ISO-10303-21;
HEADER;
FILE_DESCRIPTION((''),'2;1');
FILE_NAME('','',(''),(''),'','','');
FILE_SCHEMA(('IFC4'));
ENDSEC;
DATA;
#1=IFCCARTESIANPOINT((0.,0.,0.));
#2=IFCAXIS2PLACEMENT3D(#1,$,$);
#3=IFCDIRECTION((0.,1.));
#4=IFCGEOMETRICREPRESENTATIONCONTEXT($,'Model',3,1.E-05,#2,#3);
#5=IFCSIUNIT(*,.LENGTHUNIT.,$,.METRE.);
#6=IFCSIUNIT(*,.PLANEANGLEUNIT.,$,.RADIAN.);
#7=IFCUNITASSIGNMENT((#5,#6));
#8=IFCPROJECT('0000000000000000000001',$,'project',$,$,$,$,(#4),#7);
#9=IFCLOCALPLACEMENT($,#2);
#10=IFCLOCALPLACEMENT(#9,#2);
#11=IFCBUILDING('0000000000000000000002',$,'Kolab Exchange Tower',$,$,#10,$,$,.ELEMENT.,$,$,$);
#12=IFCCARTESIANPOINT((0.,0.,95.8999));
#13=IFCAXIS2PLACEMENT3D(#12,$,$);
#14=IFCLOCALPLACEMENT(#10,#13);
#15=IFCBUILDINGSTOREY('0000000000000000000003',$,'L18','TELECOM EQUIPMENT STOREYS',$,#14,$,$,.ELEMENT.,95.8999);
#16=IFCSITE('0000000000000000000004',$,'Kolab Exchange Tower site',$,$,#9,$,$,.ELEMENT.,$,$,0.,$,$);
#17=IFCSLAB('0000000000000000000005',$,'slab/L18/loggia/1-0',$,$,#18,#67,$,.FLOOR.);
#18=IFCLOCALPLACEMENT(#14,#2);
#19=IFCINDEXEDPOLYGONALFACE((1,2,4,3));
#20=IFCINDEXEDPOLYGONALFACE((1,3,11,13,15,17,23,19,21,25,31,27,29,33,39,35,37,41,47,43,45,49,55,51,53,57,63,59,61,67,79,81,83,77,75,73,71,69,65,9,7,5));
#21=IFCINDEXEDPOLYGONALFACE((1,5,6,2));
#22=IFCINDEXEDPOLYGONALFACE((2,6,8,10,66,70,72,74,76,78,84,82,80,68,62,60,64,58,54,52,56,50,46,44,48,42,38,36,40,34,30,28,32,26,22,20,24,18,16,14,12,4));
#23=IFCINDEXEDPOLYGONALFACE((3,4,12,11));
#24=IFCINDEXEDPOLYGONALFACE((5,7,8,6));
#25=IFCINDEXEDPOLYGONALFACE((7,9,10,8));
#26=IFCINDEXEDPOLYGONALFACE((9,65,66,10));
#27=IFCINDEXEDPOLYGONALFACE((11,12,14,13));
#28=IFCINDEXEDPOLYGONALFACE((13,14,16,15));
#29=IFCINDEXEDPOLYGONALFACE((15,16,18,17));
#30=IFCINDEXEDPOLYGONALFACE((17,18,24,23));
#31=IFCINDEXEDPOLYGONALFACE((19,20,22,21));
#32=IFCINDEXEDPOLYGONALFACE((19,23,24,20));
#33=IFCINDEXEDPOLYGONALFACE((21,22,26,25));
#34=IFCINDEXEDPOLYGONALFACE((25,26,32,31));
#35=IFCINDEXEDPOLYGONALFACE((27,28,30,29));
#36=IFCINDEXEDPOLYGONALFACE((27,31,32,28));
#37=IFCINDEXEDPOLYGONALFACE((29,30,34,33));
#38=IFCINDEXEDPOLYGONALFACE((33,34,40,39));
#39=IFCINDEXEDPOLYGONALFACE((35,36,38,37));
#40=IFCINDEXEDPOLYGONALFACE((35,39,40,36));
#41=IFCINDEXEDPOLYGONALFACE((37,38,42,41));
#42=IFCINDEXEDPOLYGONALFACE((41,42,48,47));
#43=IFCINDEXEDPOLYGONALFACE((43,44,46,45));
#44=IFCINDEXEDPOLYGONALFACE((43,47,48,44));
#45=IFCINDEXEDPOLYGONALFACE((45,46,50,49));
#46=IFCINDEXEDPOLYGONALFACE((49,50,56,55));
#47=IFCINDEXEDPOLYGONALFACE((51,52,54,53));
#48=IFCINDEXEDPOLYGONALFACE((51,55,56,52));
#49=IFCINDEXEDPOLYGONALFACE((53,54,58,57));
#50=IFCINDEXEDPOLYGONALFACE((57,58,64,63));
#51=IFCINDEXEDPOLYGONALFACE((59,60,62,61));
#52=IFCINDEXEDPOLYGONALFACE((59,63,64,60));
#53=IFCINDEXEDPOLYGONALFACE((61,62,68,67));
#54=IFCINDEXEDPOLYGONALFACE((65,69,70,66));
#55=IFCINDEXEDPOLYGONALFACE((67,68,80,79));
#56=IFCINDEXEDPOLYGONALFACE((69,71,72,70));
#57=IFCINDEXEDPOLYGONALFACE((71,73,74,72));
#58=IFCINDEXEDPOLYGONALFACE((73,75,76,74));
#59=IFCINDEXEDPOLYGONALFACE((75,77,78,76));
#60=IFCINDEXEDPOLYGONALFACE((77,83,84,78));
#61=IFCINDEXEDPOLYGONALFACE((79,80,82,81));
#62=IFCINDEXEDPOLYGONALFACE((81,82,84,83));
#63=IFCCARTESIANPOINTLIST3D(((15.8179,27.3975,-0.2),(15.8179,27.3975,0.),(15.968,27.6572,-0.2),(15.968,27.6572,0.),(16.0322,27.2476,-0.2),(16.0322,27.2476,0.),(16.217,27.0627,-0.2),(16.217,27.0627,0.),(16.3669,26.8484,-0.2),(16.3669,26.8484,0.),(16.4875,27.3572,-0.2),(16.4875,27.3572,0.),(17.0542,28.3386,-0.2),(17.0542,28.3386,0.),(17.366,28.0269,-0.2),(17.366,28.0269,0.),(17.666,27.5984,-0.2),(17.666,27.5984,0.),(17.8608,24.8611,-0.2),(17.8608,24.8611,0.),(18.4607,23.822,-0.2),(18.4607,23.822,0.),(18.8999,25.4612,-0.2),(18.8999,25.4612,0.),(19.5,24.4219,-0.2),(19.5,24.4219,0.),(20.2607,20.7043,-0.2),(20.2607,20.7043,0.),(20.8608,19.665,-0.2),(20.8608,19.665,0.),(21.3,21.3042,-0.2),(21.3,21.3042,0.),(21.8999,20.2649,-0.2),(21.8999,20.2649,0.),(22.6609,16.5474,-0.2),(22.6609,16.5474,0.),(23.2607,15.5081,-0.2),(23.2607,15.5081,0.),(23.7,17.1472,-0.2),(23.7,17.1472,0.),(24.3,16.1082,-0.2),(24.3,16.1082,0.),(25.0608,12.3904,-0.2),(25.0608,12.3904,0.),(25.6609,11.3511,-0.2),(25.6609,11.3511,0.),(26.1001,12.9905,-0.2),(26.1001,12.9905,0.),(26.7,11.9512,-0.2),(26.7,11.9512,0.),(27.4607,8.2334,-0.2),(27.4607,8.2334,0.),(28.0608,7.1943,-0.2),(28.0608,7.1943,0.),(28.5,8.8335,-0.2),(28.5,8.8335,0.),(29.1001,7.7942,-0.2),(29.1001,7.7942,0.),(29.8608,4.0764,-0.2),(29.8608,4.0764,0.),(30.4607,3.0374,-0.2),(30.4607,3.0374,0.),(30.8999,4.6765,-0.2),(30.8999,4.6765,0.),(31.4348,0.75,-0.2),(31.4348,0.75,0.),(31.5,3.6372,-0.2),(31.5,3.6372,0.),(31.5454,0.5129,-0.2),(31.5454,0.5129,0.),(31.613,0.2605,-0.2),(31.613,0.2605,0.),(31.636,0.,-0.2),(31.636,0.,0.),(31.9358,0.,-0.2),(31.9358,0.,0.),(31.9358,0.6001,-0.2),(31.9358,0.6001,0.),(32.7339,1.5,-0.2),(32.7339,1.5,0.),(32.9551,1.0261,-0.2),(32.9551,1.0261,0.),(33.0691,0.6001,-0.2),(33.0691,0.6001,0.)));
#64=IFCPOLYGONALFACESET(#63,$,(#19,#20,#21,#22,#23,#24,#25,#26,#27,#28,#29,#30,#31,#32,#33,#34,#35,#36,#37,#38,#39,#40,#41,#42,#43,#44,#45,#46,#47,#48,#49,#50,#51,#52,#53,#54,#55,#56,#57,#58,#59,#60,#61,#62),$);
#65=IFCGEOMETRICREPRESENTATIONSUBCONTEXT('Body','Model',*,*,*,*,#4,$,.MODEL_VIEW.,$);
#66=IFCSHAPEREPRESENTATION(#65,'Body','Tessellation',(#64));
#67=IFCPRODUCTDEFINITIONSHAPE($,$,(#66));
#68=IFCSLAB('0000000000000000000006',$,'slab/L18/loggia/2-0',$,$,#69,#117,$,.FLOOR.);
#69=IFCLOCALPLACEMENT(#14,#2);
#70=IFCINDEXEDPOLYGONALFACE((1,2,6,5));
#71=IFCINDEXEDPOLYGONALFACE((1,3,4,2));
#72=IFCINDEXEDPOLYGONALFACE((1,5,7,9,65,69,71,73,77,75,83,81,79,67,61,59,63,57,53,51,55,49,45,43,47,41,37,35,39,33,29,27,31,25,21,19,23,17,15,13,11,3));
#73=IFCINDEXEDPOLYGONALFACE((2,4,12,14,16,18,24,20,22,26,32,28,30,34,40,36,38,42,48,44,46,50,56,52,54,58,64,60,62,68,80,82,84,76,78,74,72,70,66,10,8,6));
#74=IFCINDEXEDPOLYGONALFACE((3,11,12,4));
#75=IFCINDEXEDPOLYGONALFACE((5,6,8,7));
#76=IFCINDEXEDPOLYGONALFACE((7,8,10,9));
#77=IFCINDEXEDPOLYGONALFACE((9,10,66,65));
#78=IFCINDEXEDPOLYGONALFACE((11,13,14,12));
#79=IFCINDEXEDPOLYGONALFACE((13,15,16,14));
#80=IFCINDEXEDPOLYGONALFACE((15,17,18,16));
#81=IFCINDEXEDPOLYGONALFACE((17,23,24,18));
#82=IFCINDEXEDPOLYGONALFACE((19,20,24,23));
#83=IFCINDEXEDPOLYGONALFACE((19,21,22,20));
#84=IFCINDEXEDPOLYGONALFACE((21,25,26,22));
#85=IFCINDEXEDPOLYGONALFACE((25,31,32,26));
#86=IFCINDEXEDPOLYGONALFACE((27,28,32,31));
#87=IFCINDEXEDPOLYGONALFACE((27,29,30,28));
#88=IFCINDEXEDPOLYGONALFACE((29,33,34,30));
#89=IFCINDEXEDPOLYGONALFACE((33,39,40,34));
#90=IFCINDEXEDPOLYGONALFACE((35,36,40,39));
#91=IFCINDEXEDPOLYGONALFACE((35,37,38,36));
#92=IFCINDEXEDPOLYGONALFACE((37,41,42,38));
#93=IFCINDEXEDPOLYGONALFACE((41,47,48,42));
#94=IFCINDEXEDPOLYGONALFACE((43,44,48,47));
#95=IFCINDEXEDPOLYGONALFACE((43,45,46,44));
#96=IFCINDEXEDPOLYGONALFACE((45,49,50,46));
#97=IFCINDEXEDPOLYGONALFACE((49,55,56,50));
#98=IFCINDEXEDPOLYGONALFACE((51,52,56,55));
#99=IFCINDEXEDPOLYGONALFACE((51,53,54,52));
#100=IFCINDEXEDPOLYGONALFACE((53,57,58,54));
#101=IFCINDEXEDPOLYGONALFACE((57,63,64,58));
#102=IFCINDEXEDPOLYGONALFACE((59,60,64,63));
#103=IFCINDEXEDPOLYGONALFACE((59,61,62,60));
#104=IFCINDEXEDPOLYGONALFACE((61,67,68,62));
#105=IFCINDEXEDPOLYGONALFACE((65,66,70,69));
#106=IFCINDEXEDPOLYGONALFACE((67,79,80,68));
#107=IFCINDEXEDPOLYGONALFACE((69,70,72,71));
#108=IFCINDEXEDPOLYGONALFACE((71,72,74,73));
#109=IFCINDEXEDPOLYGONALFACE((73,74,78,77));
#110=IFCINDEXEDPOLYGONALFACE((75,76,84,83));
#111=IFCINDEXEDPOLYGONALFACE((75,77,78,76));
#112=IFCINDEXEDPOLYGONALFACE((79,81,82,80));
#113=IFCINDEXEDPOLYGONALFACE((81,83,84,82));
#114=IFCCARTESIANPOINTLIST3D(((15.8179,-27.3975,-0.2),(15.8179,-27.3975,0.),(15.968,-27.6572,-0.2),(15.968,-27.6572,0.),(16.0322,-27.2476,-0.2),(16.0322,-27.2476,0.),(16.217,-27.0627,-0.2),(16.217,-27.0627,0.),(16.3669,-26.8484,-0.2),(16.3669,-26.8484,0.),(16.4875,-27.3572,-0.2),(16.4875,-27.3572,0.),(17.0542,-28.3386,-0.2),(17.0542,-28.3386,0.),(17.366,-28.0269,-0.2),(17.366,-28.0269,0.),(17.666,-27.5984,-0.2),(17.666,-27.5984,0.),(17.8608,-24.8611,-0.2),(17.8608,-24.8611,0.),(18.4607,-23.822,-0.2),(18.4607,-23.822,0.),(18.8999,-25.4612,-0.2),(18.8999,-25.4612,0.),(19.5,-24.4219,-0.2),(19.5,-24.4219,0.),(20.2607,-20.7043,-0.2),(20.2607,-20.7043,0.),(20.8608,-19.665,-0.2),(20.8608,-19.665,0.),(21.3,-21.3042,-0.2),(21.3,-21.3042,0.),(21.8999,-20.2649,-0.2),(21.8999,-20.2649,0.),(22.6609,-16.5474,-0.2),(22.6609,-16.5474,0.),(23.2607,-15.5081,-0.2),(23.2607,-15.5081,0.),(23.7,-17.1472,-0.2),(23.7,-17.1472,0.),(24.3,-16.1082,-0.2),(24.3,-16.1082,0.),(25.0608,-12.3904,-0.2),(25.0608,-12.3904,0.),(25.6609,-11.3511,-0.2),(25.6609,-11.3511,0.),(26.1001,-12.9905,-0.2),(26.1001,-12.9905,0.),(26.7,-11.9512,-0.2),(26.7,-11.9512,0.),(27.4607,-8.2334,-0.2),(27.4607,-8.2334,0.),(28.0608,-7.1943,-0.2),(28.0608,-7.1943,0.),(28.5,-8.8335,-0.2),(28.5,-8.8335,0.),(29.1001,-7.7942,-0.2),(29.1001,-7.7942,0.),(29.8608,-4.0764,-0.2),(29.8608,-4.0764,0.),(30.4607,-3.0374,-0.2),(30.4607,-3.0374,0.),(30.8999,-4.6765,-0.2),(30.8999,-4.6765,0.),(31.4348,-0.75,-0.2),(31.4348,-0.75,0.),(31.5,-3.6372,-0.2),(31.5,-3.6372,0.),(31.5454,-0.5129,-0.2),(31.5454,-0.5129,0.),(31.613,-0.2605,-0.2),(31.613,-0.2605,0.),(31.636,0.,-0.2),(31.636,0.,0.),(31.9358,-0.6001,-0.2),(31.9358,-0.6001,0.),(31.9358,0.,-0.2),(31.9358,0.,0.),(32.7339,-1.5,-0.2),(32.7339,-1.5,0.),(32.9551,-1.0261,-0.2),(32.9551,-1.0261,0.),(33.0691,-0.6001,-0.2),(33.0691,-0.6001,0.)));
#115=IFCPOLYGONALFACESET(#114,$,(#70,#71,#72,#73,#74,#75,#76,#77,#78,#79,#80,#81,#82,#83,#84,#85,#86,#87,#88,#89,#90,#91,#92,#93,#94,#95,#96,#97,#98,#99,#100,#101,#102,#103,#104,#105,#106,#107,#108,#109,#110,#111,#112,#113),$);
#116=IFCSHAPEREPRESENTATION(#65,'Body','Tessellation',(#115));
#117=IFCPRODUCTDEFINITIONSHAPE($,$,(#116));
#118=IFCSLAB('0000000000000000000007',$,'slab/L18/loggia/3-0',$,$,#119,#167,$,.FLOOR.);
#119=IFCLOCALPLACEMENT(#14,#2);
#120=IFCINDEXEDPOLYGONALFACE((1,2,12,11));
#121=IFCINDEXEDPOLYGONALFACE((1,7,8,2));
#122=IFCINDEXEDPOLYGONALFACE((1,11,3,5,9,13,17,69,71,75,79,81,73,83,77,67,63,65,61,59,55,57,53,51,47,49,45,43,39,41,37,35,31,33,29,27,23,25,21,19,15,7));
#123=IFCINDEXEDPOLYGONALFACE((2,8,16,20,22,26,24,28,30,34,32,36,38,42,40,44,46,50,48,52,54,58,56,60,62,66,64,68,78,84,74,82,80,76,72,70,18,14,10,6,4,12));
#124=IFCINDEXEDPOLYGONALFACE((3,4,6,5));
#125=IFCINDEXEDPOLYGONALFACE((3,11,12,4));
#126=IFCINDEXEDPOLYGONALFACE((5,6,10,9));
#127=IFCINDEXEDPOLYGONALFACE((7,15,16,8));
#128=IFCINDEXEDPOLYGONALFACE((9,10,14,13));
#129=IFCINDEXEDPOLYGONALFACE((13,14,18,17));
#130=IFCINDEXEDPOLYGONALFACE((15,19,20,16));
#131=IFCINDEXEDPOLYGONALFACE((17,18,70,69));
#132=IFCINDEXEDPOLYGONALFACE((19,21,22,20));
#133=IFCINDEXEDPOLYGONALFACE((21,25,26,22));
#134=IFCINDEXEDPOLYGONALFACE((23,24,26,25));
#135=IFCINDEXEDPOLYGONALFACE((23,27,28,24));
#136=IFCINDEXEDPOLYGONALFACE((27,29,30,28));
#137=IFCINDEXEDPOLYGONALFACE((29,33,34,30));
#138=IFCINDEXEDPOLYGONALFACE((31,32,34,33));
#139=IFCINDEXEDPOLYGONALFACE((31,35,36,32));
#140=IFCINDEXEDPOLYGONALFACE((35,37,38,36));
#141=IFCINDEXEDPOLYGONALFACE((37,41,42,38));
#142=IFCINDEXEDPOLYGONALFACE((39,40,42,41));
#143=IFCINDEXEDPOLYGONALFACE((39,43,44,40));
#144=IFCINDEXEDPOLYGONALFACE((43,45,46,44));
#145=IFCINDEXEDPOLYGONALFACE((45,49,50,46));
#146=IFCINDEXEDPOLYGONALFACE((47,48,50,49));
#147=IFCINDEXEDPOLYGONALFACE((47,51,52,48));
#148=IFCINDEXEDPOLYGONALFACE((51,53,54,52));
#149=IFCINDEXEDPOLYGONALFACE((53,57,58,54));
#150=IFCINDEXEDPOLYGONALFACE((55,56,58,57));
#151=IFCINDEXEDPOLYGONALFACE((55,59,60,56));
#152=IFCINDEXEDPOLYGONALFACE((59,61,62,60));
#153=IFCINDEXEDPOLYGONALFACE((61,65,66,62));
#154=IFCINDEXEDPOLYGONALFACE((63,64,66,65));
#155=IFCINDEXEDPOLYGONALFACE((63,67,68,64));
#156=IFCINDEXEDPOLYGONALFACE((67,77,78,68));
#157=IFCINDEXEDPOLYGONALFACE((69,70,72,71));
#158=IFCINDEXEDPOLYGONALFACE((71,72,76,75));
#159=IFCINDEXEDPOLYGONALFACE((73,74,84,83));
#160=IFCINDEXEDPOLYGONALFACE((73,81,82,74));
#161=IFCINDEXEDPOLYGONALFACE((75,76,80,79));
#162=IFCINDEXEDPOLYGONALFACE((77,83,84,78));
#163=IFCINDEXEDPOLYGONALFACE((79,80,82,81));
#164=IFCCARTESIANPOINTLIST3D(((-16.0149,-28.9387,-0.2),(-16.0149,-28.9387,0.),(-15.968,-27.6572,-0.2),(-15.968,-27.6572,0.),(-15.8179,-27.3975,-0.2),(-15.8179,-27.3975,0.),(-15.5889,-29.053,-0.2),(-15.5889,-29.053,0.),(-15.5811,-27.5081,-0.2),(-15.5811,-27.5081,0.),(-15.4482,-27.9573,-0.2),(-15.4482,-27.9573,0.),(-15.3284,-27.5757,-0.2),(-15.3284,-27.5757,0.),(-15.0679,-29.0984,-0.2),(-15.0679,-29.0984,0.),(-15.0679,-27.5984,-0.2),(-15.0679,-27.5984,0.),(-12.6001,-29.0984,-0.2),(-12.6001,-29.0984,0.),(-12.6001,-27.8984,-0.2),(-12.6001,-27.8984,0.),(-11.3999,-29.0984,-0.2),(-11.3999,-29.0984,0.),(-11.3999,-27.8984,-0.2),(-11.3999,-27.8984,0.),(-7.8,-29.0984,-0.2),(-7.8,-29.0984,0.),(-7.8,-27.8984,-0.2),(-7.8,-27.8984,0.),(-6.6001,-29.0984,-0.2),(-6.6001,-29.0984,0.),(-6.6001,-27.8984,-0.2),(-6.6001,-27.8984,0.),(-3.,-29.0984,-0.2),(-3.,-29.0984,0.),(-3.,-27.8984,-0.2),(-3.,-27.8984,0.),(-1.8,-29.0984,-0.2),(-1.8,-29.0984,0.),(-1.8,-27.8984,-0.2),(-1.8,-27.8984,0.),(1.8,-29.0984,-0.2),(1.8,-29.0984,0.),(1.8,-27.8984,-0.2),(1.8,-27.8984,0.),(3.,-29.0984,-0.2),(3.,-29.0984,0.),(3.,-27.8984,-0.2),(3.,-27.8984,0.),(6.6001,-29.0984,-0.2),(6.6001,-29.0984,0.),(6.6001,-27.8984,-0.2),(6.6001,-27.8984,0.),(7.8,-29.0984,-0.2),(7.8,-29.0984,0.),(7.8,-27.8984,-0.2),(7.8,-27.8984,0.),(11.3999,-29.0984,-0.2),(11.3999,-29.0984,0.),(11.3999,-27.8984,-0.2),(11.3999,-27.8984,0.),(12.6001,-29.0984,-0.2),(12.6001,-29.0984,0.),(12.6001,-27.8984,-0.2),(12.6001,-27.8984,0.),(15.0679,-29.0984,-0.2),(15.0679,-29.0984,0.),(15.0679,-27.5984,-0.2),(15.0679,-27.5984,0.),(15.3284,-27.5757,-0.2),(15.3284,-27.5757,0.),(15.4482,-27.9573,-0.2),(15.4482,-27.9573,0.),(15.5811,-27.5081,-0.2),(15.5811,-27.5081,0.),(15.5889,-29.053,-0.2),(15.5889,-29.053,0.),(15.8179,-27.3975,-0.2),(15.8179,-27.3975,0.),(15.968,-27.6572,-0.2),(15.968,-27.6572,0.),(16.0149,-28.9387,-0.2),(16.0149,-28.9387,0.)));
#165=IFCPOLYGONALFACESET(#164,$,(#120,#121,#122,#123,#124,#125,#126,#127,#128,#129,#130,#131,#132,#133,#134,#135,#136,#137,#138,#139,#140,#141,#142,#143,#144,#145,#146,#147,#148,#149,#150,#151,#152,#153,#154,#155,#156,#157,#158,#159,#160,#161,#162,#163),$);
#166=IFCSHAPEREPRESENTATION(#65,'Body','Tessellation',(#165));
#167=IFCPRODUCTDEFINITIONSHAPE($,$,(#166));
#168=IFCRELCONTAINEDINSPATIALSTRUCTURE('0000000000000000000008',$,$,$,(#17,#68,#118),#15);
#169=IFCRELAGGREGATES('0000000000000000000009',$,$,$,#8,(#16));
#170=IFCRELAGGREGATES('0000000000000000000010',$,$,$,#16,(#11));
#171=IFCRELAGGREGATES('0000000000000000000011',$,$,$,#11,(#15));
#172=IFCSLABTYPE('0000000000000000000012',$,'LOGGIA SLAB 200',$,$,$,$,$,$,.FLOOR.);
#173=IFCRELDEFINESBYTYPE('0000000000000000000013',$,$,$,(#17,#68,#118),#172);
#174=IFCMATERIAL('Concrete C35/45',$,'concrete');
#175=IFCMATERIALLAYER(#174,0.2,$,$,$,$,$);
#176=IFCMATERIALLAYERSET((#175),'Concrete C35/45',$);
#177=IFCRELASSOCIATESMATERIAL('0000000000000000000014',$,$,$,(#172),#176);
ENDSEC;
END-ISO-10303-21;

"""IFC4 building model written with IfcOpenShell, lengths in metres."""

from ifc_helpers import new_model, si_unit, direction, frame, origin, place, context, subcontext, project, spatial, polyline, outline, extrude, material, layer, layer_set, type_object, element, save


model = new_model("IFC4")

# Units and contexts
model_context = context("Model", 3, precision=1e-05, world=origin(), true_north=direction((0.0, 1.0)))
body_context = subcontext(model_context, "Body", "Model", "MODEL_VIEW")
ifc_project = project(units=[si_unit("LENGTHUNIT", "METRE"), si_unit("PLANEANGLEUNIT", "RADIAN")], contexts=[model_context])

# Site, building, storey
site_placement = place(None, origin())
site = spatial("IfcSite", under=ifc_project, at=site_placement, Name="Kolab Exchange Tower site", CompositionType="ELEMENT", RefElevation=0.0)
building_placement = place(site_placement, origin())
building = spatial("IfcBuilding", under=site, at=building_placement, Name="Kolab Exchange Tower", CompositionType="ELEMENT")
storey_placement = place(building_placement, frame((0.0, 0.0, 95.8999)))
storey = spatial("IfcBuildingStorey", under=building, at=storey_placement, Name="L18", Description="TELECOM EQUIPMENT STOREYS", CompositionType="ELEMENT", Elevation=95.8999)

# Slabs
ifc_material_1 = material(Name="Concrete C35/45", Category="concrete")
ifc_layer_1 = layer(ifc_material_1, 0.2)
ifc_layer_set_1 = layer_set([ifc_layer_1], Name="Concrete C35/45")
slab_type_1 = type_object("IfcSlabType", Name="LOGGIA SLAB 200", PredefinedType="FLOOR", material=ifc_layer_set_1)
slab_1_placement = place(storey_placement, frame((0.0, 0.0, -0.2)))
element("IfcSlab", 1, at=slab_1_placement, inside=storey, type_object=slab_type_1, Name="slab/L18/loggia/1-0", PredefinedType="FLOOR", context=body_context, shape_type="SweptSolid", body=[
    extrude(outline(polyline([(31.636, 0.0), (31.9358, 0.0), (31.9358, 0.6001), (33.0691, 0.6001), (32.9551, 1.0261), (32.7339, 1.5), (31.5, 3.6372), (30.4607, 3.0374), (29.8608, 4.0764), (30.8999, 4.6765), (29.1001, 7.7942), (28.0608, 7.1943), (27.4607, 8.2334), (28.5, 8.8335), (26.7, 11.9512), (25.6609, 11.3511), (25.0608, 12.3904), (26.1001, 12.9905), (24.3, 16.1082), (23.2607, 15.5081), (22.6609, 16.5474), (23.7, 17.1472), (21.8999, 20.2649), (20.8608, 19.665), (20.2607, 20.7043), (21.3, 21.3042), (19.5, 24.4219), (18.4607, 23.822), (17.8608, 24.8611), (18.8999, 25.4612), (17.666, 27.5984), (17.366, 28.0269), (17.0542, 28.3386), (16.4875, 27.3572), (15.968, 27.6572), (15.8179, 27.3975), (16.0322, 27.2476), (16.217, 27.0627), (16.3669, 26.8484), (31.4348, 0.75), (31.5454, 0.5129), (31.613, 0.2605), (31.636, 0.0)])), origin(), (0.0, 0.0, 1.0), 0.2),
])
slab_2_placement = place(storey_placement, frame((0.0, 0.0, -0.2)))
element("IfcSlab", 2, at=slab_2_placement, inside=storey, type_object=slab_type_1, Name="slab/L18/loggia/2-0", PredefinedType="FLOOR", context=body_context, shape_type="SweptSolid", body=[
    extrude(outline(polyline([(17.666, -27.5984), (18.8999, -25.4612), (17.8608, -24.8611), (18.4607, -23.822), (19.5, -24.4219), (21.3, -21.3042), (20.2607, -20.7043), (20.8608, -19.665), (21.8999, -20.2649), (23.7, -17.1472), (22.6609, -16.5474), (23.2607, -15.5081), (24.3, -16.1082), (26.1001, -12.9905), (25.0608, -12.3904), (25.6609, -11.3511), (26.7, -11.9512), (28.5, -8.8335), (27.4607, -8.2334), (28.0608, -7.1943), (29.1001, -7.7942), (30.8999, -4.6765), (29.8608, -4.0764), (30.4607, -3.0374), (31.5, -3.6372), (32.7339, -1.5), (32.9551, -1.0261), (33.0691, -0.6001), (31.9358, -0.6001), (31.9358, 0.0), (31.636, 0.0), (31.613, -0.2605), (31.5454, -0.5129), (31.4348, -0.75), (16.3669, -26.8484), (16.217, -27.0627), (16.0322, -27.2476), (15.8179, -27.3975), (15.968, -27.6572), (16.4875, -27.3572), (17.0542, -28.3386), (17.366, -28.0269), (17.666, -27.5984)])), origin(), (0.0, 0.0, 1.0), 0.2),
])
slab_3_placement = place(storey_placement, frame((0.0, 0.0, -0.2)))
element("IfcSlab", 3, at=slab_3_placement, inside=storey, type_object=slab_type_1, Name="slab/L18/loggia/3-0", PredefinedType="FLOOR", context=body_context, shape_type="SweptSolid", body=[
    extrude(outline(polyline([(-15.8179, -27.3975), (-15.968, -27.6572), (-15.4482, -27.9573), (-16.0149, -28.9387), (-15.5889, -29.053), (-15.0679, -29.0984), (-12.6001, -29.0984), (-12.6001, -27.8984), (-11.3999, -27.8984), (-11.3999, -29.0984), (-7.8, -29.0984), (-7.8, -27.8984), (-6.6001, -27.8984), (-6.6001, -29.0984), (-3.0, -29.0984), (-3.0, -27.8984), (-1.8, -27.8984), (-1.8, -29.0984), (1.8, -29.0984), (1.8, -27.8984), (3.0, -27.8984), (3.0, -29.0984), (6.6001, -29.0984), (6.6001, -27.8984), (7.8, -27.8984), (7.8, -29.0984), (11.3999, -29.0984), (11.3999, -27.8984), (12.6001, -27.8984), (12.6001, -29.0984), (15.0679, -29.0984), (15.5889, -29.053), (16.0149, -28.9387), (15.4482, -27.9573), (15.968, -27.6572), (15.8179, -27.3975), (15.5811, -27.5081), (15.3284, -27.5757), (15.0679, -27.5984), (-15.0679, -27.5984), (-15.3284, -27.5757), (-15.5811, -27.5081), (-15.8179, -27.3975)])), origin(), (0.0, 0.0, 1.0), 0.2),
])

save(model, "model.ifc")
